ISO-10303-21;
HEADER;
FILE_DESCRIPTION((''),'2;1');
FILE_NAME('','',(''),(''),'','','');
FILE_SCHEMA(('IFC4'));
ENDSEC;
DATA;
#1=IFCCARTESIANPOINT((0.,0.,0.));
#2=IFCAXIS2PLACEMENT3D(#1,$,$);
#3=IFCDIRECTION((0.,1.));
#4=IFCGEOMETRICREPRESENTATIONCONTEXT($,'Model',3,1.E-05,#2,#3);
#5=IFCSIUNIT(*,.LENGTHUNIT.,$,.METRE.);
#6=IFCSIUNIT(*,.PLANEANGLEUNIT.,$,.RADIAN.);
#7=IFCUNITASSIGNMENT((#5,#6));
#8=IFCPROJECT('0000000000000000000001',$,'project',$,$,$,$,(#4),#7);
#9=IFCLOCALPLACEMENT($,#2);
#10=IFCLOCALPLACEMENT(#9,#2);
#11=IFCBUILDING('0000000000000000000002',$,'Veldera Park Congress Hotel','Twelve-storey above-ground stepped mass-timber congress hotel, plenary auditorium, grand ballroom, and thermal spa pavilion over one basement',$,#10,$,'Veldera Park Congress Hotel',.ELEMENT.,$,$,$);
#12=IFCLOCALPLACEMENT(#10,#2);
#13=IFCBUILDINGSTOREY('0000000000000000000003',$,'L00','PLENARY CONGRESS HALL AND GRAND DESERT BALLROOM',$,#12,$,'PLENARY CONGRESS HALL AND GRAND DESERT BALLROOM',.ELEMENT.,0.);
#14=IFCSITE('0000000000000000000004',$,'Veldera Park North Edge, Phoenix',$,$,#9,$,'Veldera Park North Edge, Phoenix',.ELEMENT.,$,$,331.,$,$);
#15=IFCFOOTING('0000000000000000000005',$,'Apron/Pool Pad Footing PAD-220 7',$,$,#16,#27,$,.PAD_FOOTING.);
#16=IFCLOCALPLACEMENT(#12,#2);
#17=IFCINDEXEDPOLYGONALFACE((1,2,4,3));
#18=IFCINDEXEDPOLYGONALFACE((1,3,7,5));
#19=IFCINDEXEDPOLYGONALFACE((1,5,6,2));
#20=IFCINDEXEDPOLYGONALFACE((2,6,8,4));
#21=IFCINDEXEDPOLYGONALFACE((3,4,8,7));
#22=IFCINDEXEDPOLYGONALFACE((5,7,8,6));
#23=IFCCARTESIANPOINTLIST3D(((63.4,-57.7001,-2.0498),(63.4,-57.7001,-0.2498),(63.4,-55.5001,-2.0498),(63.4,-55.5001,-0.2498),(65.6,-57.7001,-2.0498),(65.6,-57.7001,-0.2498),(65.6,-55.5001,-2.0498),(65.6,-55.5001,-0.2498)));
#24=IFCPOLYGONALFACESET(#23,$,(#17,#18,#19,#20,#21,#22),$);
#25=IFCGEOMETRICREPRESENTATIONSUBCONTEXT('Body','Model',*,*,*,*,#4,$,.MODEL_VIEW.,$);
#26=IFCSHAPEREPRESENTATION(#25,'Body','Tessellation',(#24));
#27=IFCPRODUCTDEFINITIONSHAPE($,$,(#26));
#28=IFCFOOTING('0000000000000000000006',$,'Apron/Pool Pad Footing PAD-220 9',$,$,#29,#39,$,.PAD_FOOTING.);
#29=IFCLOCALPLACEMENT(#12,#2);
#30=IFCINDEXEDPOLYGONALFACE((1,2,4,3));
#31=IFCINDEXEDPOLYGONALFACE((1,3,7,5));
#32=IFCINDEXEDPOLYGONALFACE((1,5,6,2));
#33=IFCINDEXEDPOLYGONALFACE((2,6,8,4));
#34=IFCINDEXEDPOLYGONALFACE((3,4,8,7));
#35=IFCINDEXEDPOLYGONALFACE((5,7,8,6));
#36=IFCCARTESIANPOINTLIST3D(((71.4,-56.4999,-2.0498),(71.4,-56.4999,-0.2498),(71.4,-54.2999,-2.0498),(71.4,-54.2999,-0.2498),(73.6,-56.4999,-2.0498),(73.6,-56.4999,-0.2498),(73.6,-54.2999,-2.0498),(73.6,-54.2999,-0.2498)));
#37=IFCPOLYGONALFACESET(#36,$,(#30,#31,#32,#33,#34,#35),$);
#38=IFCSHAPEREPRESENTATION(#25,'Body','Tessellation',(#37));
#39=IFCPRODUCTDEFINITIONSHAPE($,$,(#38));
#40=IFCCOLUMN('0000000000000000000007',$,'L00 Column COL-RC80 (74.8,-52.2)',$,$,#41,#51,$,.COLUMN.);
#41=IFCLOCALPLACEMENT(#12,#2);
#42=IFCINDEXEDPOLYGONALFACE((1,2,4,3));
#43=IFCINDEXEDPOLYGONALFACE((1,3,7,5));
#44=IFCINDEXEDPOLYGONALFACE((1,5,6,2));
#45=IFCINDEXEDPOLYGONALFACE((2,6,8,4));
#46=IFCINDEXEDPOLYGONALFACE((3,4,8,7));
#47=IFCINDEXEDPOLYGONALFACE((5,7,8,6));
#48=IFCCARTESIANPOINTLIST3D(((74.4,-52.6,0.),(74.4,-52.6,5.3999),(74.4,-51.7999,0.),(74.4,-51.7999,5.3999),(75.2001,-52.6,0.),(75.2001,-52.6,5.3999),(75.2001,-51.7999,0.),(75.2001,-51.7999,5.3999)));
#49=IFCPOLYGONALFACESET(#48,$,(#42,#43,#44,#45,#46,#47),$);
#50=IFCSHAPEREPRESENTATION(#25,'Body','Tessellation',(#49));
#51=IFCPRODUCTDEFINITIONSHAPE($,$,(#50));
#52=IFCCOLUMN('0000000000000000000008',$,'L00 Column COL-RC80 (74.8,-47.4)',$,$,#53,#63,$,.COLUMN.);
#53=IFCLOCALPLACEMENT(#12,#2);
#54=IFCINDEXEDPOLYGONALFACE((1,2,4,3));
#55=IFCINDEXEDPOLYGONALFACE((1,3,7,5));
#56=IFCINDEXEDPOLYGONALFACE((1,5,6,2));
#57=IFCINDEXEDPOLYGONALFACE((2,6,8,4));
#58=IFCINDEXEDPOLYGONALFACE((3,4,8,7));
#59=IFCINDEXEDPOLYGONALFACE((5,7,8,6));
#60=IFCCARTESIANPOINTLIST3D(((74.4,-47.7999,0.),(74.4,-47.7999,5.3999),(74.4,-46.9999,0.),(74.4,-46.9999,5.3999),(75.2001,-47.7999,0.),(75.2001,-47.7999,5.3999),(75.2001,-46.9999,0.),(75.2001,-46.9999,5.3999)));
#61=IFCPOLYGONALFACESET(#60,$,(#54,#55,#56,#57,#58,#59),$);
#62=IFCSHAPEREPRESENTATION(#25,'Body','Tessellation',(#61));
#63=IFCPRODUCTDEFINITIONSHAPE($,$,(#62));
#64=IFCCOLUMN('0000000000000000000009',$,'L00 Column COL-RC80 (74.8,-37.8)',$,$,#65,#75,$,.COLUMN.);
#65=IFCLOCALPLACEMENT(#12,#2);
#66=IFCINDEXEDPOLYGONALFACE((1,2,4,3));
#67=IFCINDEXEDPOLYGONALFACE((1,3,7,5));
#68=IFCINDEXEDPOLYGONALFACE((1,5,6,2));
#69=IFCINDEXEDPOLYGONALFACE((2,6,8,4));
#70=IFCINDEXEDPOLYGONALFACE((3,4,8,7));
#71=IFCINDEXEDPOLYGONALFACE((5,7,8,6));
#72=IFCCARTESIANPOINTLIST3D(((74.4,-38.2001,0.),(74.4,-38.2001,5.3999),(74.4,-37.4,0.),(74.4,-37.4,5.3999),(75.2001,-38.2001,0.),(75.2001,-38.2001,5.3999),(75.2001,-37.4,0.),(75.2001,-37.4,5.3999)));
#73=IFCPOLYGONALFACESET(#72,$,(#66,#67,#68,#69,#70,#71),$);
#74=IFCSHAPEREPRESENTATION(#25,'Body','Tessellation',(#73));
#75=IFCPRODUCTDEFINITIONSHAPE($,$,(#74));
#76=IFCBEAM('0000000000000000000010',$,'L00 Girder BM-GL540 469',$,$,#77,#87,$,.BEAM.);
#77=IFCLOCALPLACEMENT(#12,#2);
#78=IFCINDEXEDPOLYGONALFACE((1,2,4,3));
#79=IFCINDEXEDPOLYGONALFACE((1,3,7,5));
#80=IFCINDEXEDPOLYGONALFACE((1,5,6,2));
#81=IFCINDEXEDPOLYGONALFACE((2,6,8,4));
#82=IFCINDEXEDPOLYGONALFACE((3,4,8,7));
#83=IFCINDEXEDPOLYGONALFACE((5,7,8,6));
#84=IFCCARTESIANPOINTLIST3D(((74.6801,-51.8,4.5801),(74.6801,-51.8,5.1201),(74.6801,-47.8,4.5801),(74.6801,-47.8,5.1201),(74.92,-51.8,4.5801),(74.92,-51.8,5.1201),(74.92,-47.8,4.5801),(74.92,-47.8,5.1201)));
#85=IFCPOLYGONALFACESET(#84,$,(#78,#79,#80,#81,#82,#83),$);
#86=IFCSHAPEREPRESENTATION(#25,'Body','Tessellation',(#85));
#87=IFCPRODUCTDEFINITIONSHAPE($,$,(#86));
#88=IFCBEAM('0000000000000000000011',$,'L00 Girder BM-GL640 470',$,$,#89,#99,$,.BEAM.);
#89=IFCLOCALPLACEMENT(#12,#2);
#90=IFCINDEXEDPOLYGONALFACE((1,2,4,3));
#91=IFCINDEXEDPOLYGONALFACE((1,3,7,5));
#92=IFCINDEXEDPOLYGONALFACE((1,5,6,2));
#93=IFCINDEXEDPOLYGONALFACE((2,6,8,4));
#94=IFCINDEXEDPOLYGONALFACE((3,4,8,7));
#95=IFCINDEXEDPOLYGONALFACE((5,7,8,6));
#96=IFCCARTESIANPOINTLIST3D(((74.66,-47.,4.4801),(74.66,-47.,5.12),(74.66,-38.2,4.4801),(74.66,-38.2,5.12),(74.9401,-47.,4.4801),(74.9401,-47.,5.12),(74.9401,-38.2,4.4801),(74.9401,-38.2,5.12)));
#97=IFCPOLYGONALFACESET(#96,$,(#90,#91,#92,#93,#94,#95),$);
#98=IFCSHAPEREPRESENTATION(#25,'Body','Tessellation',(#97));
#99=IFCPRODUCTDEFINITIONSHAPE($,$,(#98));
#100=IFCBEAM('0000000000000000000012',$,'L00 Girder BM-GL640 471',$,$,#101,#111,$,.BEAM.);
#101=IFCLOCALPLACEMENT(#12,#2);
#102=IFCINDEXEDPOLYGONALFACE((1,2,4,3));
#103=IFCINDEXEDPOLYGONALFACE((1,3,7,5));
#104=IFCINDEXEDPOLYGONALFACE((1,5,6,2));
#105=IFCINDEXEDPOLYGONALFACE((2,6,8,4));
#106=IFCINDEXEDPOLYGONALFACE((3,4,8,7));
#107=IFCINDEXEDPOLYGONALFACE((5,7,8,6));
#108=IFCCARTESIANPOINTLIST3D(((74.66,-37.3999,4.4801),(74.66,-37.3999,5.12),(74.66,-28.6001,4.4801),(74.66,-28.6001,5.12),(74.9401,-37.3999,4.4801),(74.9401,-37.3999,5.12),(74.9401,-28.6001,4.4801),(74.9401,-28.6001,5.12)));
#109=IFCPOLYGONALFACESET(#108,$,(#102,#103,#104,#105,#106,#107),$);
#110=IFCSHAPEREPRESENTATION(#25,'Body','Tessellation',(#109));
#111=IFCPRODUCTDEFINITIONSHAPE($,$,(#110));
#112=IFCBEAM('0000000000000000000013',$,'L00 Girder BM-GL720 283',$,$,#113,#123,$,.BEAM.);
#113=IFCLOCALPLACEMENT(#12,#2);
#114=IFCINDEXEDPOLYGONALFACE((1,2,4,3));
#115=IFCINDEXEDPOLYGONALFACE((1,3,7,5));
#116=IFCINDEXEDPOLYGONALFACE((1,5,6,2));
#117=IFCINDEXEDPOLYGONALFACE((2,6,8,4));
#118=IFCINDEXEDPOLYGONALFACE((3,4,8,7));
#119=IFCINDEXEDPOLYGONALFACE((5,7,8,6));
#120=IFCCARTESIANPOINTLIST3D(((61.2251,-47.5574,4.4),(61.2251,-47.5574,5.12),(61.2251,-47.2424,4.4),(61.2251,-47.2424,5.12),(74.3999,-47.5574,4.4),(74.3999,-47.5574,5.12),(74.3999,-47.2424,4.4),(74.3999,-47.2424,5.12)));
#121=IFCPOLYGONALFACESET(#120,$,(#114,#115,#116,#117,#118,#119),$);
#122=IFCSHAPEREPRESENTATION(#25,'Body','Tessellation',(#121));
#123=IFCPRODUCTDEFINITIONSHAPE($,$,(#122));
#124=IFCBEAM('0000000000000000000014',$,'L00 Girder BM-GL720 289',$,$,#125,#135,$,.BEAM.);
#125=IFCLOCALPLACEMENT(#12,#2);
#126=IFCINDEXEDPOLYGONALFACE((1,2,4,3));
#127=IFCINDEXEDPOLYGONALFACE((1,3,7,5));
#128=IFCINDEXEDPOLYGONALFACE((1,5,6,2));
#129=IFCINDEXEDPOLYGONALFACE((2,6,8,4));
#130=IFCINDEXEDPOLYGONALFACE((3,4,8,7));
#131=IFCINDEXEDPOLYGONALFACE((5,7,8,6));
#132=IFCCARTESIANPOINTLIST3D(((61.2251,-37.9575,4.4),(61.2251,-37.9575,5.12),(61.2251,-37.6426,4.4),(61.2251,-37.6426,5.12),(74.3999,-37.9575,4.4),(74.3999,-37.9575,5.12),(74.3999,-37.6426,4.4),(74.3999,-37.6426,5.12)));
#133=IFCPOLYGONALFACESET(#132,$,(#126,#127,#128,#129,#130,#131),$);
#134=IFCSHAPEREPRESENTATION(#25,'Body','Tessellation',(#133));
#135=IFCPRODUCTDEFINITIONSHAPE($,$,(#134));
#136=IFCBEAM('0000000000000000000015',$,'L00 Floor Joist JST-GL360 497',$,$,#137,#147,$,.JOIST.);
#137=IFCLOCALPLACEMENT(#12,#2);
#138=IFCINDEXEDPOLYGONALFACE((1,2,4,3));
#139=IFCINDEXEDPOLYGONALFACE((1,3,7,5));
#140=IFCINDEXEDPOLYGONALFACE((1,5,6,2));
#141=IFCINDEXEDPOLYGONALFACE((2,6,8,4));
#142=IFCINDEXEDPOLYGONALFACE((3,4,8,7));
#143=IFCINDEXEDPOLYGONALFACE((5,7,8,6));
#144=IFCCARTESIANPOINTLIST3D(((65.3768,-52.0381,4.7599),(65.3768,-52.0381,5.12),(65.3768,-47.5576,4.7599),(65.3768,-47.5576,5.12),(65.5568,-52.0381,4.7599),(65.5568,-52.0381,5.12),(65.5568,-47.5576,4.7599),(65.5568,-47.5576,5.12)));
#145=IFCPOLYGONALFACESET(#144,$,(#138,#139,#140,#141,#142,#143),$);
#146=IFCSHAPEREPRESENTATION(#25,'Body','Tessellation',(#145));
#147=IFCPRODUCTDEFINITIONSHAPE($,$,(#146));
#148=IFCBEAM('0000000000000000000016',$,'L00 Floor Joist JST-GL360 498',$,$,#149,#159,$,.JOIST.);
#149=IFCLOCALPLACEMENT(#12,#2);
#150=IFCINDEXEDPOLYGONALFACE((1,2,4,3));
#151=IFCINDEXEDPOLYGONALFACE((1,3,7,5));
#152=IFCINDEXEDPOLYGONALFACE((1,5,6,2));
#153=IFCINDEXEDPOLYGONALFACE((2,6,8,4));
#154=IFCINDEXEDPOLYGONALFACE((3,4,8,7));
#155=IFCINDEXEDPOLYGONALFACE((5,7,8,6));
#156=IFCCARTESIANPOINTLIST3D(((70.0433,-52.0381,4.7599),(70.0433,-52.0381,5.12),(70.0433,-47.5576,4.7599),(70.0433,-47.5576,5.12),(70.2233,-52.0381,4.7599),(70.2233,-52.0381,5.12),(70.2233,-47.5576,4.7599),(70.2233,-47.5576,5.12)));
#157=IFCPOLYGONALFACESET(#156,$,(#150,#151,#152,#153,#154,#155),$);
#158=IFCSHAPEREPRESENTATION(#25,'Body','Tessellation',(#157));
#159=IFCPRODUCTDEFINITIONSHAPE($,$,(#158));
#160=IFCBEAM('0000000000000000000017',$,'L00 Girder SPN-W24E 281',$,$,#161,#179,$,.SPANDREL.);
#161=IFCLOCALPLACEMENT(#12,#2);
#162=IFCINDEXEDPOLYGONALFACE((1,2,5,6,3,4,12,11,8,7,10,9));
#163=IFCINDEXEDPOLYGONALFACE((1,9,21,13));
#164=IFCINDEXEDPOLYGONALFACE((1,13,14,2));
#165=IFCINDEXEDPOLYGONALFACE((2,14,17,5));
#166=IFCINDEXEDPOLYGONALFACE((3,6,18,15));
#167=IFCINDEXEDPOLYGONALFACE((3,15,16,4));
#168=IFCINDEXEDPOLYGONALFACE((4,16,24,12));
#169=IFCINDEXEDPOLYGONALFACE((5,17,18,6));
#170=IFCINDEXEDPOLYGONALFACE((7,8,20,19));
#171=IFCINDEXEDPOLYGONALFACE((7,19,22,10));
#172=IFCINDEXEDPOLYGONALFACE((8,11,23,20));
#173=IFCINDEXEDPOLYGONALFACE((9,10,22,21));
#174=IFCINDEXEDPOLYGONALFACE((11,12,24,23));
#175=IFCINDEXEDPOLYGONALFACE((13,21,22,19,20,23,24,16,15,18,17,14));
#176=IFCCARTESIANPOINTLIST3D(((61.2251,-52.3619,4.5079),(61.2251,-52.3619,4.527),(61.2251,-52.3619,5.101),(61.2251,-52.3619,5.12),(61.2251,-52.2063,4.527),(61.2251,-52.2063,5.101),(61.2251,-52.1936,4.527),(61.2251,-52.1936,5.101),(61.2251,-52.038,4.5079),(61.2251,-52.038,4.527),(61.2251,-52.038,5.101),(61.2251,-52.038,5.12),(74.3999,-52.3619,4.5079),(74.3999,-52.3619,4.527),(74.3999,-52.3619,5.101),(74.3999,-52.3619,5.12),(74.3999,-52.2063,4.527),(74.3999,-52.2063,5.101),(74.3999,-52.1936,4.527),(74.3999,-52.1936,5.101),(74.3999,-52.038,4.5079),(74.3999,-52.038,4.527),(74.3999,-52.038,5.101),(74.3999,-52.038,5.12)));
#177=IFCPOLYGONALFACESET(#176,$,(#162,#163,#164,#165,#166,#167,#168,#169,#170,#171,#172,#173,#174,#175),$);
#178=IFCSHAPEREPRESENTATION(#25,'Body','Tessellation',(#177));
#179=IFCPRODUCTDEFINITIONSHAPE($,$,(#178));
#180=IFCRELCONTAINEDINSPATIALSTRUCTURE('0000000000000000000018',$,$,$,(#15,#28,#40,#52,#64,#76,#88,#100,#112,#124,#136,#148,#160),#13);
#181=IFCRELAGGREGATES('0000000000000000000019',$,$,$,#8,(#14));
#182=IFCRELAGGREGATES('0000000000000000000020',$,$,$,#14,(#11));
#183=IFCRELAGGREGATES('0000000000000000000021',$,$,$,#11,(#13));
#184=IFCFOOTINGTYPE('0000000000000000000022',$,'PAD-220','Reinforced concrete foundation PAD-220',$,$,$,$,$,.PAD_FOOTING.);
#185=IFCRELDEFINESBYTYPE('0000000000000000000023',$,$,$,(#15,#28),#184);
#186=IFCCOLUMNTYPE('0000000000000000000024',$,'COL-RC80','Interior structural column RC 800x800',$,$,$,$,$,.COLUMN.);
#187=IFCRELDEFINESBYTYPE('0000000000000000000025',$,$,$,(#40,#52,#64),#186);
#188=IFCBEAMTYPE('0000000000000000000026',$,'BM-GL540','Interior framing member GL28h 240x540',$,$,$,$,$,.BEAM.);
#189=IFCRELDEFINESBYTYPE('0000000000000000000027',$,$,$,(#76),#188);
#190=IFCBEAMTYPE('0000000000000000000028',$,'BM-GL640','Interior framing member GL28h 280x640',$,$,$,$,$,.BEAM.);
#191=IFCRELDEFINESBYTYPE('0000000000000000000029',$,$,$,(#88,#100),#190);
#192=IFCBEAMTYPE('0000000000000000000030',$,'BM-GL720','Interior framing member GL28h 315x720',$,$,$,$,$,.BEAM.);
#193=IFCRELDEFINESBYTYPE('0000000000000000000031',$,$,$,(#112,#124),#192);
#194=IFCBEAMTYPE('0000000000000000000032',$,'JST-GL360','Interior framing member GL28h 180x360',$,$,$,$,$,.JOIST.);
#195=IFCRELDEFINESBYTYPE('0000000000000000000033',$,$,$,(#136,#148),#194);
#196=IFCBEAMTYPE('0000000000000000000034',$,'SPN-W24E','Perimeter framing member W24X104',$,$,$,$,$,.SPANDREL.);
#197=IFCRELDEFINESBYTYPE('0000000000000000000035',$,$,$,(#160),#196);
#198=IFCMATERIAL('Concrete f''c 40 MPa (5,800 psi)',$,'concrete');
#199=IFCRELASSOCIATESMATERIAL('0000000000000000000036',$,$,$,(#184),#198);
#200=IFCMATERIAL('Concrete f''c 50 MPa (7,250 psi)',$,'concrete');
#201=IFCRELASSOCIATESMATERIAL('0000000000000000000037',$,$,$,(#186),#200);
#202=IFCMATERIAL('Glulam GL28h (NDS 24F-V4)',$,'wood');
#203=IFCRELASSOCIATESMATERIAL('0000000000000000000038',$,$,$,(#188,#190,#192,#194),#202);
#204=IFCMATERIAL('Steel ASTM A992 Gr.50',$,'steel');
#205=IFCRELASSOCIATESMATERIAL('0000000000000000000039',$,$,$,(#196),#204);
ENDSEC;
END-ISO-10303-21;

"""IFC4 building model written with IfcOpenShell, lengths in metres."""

from ifc_helpers import new_model, si_unit, direction, frame, origin, origin_2d, place, context, subcontext, project, spatial, rectangle, i_section, extrude, material, material_profile, profile_set, type_object, element, save


model = new_model("IFC4")

# Units and contexts
model_context = context("Model", 3, precision=1e-05, world=origin(), true_north=direction((0.0, 1.0)))
body_context = subcontext(model_context, "Body", "Model", "MODEL_VIEW")
ifc_project = project(units=[si_unit("LENGTHUNIT", "METRE"), si_unit("PLANEANGLEUNIT", "RADIAN")], contexts=[model_context])

# Site, building, storey
site_placement = place(None, origin())
site = spatial("IfcSite", under=ifc_project, at=site_placement, Name="Veldera Park North Edge, Phoenix", LongName="Veldera Park North Edge, Phoenix", CompositionType="ELEMENT", RefElevation=331.0)
building_placement = place(site_placement, origin())
building = spatial("IfcBuilding", under=site, at=building_placement, Name="Veldera Park Congress Hotel", Description="Twelve-storey above-ground stepped mass-timber congress hotel, plenary auditorium, grand ballroom, and thermal spa pavilion over one basement", LongName="Veldera Park Congress Hotel", CompositionType="ELEMENT")
storey_placement = place(building_placement, origin())
storey = spatial("IfcBuildingStorey", under=building, at=storey_placement, Name="L00", Description="PLENARY CONGRESS HALL AND GRAND DESERT BALLROOM", LongName="PLENARY CONGRESS HALL AND GRAND DESERT BALLROOM", CompositionType="ELEMENT", Elevation=0.0)

# Footings
ifc_material_1 = material(Name="Concrete f'c 40 MPa (5,800 psi)", Category="concrete")
footing_type = type_object("IfcFootingType", Name="PAD-220", Description="Reinforced concrete foundation PAD-220", PredefinedType="PAD_FOOTING", material=ifc_material_1)
for number, where, z_axis, x_axis, name in (
    (1, (64.5, -56.6001, -2.0498), (0.0, 0.0, 1.0), (1.0, 0.0, 0.0), "Apron/Pool Pad Footing PAD-220 7"),
    (2, (72.5, -55.3999, -2.0498), (0.0, 0.0, 1.0), (1.0, 0.0, 0.0), "Apron/Pool Pad Footing PAD-220 9"),
):
    element("IfcFooting", number, at=place(storey_placement, frame(where, z_axis=z_axis, x_axis=x_axis)), inside=storey, type_object=footing_type, Name=name, PredefinedType="PAD_FOOTING", context=body_context, shape_type="SweptSolid", body=[
        extrude(rectangle(XDim=2.2, YDim=2.2, at=origin_2d()), origin(), (0.0, 0.0, 1.0), 1.8),
    ])

# Columns
ifc_material_2 = material(Name="Concrete f'c 50 MPa (7,250 psi)", Category="concrete")
ifc_material_profile_1 = material_profile(ifc_material_2, rectangle(XDim=0.8, YDim=0.8, at=origin_2d()), Name="RC 800x800")
ifc_profile_set_1 = profile_set([ifc_material_profile_1], Name="Concrete f'c 50 MPa (7,250 psi)")
column_type = type_object("IfcColumnType", Name="COL-RC80", Description="Interior structural column RC 800x800", PredefinedType="COLUMN", material=ifc_profile_set_1)
for number, where, z_axis, x_axis, name in (
    (3, (74.8, -52.2, 0.0), (0.0, 0.0, 1.0), (1.0, 0.0, 0.0), "L00 Column COL-RC80 (74.8,-52.2)"),
    (4, (74.8, -47.3999, 0.0), (0.0, 0.0, 1.0), (1.0, 0.0, 0.0), "L00 Column COL-RC80 (74.8,-47.4)"),
    (5, (74.8, -37.8, 0.0), (0.0, 0.0, 1.0), (1.0, 0.0, 0.0), "L00 Column COL-RC80 (74.8,-37.8)"),
):
    element("IfcColumn", number, at=place(storey_placement, frame(where, z_axis=z_axis, x_axis=x_axis)), inside=storey, type_object=column_type, Name=name, PredefinedType="COLUMN", context=body_context, shape_type="SweptSolid", body=[
        extrude(rectangle(XDim=0.8, YDim=0.8, at=origin_2d()), origin(), (0.0, 0.0, 1.0), 5.3999),
    ])

# Beams
ifc_material_3 = material(Name="Glulam GL28h (NDS 24F-V4)", Category="wood")
ifc_material_profile_2 = material_profile(ifc_material_3, rectangle(XDim=0.24, YDim=0.54, at=origin_2d()), Name="GL28h 240x540")
ifc_profile_set_2 = profile_set([ifc_material_profile_2], Name="Glulam GL28h (NDS 24F-V4)")
beam_type_1 = type_object("IfcBeamType", Name="BM-GL540", Description="Interior framing member GL28h 240x540", PredefinedType="BEAM", material=ifc_profile_set_2)
beam_1_placement = place(storey_placement, frame((74.8, -51.8, 4.8501), z_axis=(0.0, 1.0, 0.0), x_axis=(-1.0, 0.0, 0.0)))
element("IfcBeam", 6, at=beam_1_placement, inside=storey, type_object=beam_type_1, Name="L00 Girder BM-GL540 469", PredefinedType="BEAM", context=body_context, shape_type="SweptSolid", body=[
    extrude(rectangle(XDim=0.24, YDim=0.54, at=origin_2d()), origin(), (0.0, 0.0, 1.0), 4.0),
])
ifc_material_profile_3 = material_profile(ifc_material_3, rectangle(XDim=0.28, YDim=0.6399, at=origin_2d()), Name="GL28h 280x640")
ifc_profile_set_3 = profile_set([ifc_material_profile_3], Name="Glulam GL28h (NDS 24F-V4)")
beam_type_2 = type_object("IfcBeamType", Name="BM-GL640", Description="Interior framing member GL28h 280x640", PredefinedType="BEAM", material=ifc_profile_set_3)
beam_2_placement = place(storey_placement, frame((74.8, -47.0, 4.8), z_axis=(0.0, 1.0, 0.0), x_axis=(-1.0, 0.0, 0.0)))
element("IfcBeam", 7, at=beam_2_placement, inside=storey, type_object=beam_type_2, Name="L00 Girder BM-GL640 470", PredefinedType="BEAM", context=body_context, shape_type="SweptSolid", body=[
    extrude(rectangle(XDim=0.28, YDim=0.6399, at=origin_2d()), origin(), (0.0, 0.0, 1.0), 8.8),
])
beam_3_placement = place(storey_placement, frame((74.8, -37.3999, 4.8), z_axis=(0.0, 1.0, 0.0), x_axis=(-1.0, 0.0, 0.0)))
element("IfcBeam", 8, at=beam_3_placement, inside=storey, type_object=beam_type_2, Name="L00 Girder BM-GL640 471", PredefinedType="BEAM", context=body_context, shape_type="SweptSolid", body=[
    extrude(rectangle(XDim=0.28, YDim=0.6399, at=origin_2d()), origin(), (0.0, 0.0, 1.0), 8.7998),
])
ifc_material_profile_4 = material_profile(ifc_material_3, rectangle(XDim=0.3149, YDim=0.72, at=origin_2d()), Name="GL28h 315x720")
ifc_profile_set_4 = profile_set([ifc_material_profile_4], Name="Glulam GL28h (NDS 24F-V4)")
beam_type_3 = type_object("IfcBeamType", Name="BM-GL720", Description="Interior framing member GL28h 315x720", PredefinedType="BEAM", material=ifc_profile_set_4)
for number, where, z_axis, x_axis, name in (
    (9, (61.2251, -47.3999, 4.76), (1.0, 0.0, 0.0), (0.0, 1.0, 0.0), "L00 Girder BM-GL720 283"),
    (10, (61.2251, -37.8, 4.76), (1.0, 0.0, 0.0), (0.0, 1.0, 0.0), "L00 Girder BM-GL720 289"),
):
    element("IfcBeam", number, at=place(storey_placement, frame(where, z_axis=z_axis, x_axis=x_axis)), inside=storey, type_object=beam_type_3, Name=name, PredefinedType="BEAM", context=body_context, shape_type="SweptSolid", body=[
        extrude(rectangle(XDim=0.3149, YDim=0.72, at=origin_2d()), origin(), (0.0, 0.0, 1.0), 13.1748),
    ])
ifc_material_profile_5 = material_profile(ifc_material_3, rectangle(XDim=0.1799, YDim=0.3601, at=origin_2d()), Name="GL28h 180x360")
ifc_profile_set_5 = profile_set([ifc_material_profile_5], Name="Glulam GL28h (NDS 24F-V4)")
beam_type_4 = type_object("IfcBeamType", Name="JST-GL360", Description="Interior framing member GL28h 180x360", PredefinedType="JOIST", material=ifc_profile_set_5)
for number, where, z_axis, x_axis, name in (
    (11, (65.4668, -52.0381, 4.9399), (0.0, 1.0, 0.0), (-1.0, 0.0, 0.0), "L00 Floor Joist JST-GL360 497"),
    (12, (70.1333, -52.0381, 4.9399), (0.0, 1.0, 0.0), (-1.0, 0.0, 0.0), "L00 Floor Joist JST-GL360 498"),
):
    element("IfcBeam", number, at=place(storey_placement, frame(where, z_axis=z_axis, x_axis=x_axis)), inside=storey, type_object=beam_type_4, Name=name, PredefinedType="JOIST", context=body_context, shape_type="SweptSolid", body=[
        extrude(rectangle(XDim=0.1799, YDim=0.3601, at=origin_2d()), origin(), (0.0, 0.0, 1.0), 4.4805),
    ])
ifc_material_4 = material(Name="Steel ASTM A992 Gr.50", Category="steel")
ifc_material_profile_6 = material_profile(ifc_material_4, i_section(OverallWidth=0.324, OverallDepth=0.6121, WebThickness=0.0127, FlangeThickness=0.019, at=origin_2d()), Name="W24X104")
ifc_profile_set_6 = profile_set([ifc_material_profile_6], Name="Steel ASTM A992 Gr.50")
beam_type_5 = type_object("IfcBeamType", Name="SPN-W24E", Description="Perimeter framing member W24X104", PredefinedType="SPANDREL", material=ifc_profile_set_6)
beam_4_placement = place(storey_placement, frame((61.2251, -52.2, 4.814), z_axis=(1.0, 0.0, 0.0), x_axis=(0.0, 1.0, 0.0)))
element("IfcBeam", 13, at=beam_4_placement, inside=storey, type_object=beam_type_5, Name="L00 Girder SPN-W24E 281", PredefinedType="SPANDREL", context=body_context, shape_type="SweptSolid", body=[
    extrude(i_section(OverallWidth=0.324, OverallDepth=0.6121, WebThickness=0.0127, FlangeThickness=0.019, at=origin_2d()), origin(), (0.0, 0.0, 1.0), 13.1748),
])

save(model, "model.ifc")
